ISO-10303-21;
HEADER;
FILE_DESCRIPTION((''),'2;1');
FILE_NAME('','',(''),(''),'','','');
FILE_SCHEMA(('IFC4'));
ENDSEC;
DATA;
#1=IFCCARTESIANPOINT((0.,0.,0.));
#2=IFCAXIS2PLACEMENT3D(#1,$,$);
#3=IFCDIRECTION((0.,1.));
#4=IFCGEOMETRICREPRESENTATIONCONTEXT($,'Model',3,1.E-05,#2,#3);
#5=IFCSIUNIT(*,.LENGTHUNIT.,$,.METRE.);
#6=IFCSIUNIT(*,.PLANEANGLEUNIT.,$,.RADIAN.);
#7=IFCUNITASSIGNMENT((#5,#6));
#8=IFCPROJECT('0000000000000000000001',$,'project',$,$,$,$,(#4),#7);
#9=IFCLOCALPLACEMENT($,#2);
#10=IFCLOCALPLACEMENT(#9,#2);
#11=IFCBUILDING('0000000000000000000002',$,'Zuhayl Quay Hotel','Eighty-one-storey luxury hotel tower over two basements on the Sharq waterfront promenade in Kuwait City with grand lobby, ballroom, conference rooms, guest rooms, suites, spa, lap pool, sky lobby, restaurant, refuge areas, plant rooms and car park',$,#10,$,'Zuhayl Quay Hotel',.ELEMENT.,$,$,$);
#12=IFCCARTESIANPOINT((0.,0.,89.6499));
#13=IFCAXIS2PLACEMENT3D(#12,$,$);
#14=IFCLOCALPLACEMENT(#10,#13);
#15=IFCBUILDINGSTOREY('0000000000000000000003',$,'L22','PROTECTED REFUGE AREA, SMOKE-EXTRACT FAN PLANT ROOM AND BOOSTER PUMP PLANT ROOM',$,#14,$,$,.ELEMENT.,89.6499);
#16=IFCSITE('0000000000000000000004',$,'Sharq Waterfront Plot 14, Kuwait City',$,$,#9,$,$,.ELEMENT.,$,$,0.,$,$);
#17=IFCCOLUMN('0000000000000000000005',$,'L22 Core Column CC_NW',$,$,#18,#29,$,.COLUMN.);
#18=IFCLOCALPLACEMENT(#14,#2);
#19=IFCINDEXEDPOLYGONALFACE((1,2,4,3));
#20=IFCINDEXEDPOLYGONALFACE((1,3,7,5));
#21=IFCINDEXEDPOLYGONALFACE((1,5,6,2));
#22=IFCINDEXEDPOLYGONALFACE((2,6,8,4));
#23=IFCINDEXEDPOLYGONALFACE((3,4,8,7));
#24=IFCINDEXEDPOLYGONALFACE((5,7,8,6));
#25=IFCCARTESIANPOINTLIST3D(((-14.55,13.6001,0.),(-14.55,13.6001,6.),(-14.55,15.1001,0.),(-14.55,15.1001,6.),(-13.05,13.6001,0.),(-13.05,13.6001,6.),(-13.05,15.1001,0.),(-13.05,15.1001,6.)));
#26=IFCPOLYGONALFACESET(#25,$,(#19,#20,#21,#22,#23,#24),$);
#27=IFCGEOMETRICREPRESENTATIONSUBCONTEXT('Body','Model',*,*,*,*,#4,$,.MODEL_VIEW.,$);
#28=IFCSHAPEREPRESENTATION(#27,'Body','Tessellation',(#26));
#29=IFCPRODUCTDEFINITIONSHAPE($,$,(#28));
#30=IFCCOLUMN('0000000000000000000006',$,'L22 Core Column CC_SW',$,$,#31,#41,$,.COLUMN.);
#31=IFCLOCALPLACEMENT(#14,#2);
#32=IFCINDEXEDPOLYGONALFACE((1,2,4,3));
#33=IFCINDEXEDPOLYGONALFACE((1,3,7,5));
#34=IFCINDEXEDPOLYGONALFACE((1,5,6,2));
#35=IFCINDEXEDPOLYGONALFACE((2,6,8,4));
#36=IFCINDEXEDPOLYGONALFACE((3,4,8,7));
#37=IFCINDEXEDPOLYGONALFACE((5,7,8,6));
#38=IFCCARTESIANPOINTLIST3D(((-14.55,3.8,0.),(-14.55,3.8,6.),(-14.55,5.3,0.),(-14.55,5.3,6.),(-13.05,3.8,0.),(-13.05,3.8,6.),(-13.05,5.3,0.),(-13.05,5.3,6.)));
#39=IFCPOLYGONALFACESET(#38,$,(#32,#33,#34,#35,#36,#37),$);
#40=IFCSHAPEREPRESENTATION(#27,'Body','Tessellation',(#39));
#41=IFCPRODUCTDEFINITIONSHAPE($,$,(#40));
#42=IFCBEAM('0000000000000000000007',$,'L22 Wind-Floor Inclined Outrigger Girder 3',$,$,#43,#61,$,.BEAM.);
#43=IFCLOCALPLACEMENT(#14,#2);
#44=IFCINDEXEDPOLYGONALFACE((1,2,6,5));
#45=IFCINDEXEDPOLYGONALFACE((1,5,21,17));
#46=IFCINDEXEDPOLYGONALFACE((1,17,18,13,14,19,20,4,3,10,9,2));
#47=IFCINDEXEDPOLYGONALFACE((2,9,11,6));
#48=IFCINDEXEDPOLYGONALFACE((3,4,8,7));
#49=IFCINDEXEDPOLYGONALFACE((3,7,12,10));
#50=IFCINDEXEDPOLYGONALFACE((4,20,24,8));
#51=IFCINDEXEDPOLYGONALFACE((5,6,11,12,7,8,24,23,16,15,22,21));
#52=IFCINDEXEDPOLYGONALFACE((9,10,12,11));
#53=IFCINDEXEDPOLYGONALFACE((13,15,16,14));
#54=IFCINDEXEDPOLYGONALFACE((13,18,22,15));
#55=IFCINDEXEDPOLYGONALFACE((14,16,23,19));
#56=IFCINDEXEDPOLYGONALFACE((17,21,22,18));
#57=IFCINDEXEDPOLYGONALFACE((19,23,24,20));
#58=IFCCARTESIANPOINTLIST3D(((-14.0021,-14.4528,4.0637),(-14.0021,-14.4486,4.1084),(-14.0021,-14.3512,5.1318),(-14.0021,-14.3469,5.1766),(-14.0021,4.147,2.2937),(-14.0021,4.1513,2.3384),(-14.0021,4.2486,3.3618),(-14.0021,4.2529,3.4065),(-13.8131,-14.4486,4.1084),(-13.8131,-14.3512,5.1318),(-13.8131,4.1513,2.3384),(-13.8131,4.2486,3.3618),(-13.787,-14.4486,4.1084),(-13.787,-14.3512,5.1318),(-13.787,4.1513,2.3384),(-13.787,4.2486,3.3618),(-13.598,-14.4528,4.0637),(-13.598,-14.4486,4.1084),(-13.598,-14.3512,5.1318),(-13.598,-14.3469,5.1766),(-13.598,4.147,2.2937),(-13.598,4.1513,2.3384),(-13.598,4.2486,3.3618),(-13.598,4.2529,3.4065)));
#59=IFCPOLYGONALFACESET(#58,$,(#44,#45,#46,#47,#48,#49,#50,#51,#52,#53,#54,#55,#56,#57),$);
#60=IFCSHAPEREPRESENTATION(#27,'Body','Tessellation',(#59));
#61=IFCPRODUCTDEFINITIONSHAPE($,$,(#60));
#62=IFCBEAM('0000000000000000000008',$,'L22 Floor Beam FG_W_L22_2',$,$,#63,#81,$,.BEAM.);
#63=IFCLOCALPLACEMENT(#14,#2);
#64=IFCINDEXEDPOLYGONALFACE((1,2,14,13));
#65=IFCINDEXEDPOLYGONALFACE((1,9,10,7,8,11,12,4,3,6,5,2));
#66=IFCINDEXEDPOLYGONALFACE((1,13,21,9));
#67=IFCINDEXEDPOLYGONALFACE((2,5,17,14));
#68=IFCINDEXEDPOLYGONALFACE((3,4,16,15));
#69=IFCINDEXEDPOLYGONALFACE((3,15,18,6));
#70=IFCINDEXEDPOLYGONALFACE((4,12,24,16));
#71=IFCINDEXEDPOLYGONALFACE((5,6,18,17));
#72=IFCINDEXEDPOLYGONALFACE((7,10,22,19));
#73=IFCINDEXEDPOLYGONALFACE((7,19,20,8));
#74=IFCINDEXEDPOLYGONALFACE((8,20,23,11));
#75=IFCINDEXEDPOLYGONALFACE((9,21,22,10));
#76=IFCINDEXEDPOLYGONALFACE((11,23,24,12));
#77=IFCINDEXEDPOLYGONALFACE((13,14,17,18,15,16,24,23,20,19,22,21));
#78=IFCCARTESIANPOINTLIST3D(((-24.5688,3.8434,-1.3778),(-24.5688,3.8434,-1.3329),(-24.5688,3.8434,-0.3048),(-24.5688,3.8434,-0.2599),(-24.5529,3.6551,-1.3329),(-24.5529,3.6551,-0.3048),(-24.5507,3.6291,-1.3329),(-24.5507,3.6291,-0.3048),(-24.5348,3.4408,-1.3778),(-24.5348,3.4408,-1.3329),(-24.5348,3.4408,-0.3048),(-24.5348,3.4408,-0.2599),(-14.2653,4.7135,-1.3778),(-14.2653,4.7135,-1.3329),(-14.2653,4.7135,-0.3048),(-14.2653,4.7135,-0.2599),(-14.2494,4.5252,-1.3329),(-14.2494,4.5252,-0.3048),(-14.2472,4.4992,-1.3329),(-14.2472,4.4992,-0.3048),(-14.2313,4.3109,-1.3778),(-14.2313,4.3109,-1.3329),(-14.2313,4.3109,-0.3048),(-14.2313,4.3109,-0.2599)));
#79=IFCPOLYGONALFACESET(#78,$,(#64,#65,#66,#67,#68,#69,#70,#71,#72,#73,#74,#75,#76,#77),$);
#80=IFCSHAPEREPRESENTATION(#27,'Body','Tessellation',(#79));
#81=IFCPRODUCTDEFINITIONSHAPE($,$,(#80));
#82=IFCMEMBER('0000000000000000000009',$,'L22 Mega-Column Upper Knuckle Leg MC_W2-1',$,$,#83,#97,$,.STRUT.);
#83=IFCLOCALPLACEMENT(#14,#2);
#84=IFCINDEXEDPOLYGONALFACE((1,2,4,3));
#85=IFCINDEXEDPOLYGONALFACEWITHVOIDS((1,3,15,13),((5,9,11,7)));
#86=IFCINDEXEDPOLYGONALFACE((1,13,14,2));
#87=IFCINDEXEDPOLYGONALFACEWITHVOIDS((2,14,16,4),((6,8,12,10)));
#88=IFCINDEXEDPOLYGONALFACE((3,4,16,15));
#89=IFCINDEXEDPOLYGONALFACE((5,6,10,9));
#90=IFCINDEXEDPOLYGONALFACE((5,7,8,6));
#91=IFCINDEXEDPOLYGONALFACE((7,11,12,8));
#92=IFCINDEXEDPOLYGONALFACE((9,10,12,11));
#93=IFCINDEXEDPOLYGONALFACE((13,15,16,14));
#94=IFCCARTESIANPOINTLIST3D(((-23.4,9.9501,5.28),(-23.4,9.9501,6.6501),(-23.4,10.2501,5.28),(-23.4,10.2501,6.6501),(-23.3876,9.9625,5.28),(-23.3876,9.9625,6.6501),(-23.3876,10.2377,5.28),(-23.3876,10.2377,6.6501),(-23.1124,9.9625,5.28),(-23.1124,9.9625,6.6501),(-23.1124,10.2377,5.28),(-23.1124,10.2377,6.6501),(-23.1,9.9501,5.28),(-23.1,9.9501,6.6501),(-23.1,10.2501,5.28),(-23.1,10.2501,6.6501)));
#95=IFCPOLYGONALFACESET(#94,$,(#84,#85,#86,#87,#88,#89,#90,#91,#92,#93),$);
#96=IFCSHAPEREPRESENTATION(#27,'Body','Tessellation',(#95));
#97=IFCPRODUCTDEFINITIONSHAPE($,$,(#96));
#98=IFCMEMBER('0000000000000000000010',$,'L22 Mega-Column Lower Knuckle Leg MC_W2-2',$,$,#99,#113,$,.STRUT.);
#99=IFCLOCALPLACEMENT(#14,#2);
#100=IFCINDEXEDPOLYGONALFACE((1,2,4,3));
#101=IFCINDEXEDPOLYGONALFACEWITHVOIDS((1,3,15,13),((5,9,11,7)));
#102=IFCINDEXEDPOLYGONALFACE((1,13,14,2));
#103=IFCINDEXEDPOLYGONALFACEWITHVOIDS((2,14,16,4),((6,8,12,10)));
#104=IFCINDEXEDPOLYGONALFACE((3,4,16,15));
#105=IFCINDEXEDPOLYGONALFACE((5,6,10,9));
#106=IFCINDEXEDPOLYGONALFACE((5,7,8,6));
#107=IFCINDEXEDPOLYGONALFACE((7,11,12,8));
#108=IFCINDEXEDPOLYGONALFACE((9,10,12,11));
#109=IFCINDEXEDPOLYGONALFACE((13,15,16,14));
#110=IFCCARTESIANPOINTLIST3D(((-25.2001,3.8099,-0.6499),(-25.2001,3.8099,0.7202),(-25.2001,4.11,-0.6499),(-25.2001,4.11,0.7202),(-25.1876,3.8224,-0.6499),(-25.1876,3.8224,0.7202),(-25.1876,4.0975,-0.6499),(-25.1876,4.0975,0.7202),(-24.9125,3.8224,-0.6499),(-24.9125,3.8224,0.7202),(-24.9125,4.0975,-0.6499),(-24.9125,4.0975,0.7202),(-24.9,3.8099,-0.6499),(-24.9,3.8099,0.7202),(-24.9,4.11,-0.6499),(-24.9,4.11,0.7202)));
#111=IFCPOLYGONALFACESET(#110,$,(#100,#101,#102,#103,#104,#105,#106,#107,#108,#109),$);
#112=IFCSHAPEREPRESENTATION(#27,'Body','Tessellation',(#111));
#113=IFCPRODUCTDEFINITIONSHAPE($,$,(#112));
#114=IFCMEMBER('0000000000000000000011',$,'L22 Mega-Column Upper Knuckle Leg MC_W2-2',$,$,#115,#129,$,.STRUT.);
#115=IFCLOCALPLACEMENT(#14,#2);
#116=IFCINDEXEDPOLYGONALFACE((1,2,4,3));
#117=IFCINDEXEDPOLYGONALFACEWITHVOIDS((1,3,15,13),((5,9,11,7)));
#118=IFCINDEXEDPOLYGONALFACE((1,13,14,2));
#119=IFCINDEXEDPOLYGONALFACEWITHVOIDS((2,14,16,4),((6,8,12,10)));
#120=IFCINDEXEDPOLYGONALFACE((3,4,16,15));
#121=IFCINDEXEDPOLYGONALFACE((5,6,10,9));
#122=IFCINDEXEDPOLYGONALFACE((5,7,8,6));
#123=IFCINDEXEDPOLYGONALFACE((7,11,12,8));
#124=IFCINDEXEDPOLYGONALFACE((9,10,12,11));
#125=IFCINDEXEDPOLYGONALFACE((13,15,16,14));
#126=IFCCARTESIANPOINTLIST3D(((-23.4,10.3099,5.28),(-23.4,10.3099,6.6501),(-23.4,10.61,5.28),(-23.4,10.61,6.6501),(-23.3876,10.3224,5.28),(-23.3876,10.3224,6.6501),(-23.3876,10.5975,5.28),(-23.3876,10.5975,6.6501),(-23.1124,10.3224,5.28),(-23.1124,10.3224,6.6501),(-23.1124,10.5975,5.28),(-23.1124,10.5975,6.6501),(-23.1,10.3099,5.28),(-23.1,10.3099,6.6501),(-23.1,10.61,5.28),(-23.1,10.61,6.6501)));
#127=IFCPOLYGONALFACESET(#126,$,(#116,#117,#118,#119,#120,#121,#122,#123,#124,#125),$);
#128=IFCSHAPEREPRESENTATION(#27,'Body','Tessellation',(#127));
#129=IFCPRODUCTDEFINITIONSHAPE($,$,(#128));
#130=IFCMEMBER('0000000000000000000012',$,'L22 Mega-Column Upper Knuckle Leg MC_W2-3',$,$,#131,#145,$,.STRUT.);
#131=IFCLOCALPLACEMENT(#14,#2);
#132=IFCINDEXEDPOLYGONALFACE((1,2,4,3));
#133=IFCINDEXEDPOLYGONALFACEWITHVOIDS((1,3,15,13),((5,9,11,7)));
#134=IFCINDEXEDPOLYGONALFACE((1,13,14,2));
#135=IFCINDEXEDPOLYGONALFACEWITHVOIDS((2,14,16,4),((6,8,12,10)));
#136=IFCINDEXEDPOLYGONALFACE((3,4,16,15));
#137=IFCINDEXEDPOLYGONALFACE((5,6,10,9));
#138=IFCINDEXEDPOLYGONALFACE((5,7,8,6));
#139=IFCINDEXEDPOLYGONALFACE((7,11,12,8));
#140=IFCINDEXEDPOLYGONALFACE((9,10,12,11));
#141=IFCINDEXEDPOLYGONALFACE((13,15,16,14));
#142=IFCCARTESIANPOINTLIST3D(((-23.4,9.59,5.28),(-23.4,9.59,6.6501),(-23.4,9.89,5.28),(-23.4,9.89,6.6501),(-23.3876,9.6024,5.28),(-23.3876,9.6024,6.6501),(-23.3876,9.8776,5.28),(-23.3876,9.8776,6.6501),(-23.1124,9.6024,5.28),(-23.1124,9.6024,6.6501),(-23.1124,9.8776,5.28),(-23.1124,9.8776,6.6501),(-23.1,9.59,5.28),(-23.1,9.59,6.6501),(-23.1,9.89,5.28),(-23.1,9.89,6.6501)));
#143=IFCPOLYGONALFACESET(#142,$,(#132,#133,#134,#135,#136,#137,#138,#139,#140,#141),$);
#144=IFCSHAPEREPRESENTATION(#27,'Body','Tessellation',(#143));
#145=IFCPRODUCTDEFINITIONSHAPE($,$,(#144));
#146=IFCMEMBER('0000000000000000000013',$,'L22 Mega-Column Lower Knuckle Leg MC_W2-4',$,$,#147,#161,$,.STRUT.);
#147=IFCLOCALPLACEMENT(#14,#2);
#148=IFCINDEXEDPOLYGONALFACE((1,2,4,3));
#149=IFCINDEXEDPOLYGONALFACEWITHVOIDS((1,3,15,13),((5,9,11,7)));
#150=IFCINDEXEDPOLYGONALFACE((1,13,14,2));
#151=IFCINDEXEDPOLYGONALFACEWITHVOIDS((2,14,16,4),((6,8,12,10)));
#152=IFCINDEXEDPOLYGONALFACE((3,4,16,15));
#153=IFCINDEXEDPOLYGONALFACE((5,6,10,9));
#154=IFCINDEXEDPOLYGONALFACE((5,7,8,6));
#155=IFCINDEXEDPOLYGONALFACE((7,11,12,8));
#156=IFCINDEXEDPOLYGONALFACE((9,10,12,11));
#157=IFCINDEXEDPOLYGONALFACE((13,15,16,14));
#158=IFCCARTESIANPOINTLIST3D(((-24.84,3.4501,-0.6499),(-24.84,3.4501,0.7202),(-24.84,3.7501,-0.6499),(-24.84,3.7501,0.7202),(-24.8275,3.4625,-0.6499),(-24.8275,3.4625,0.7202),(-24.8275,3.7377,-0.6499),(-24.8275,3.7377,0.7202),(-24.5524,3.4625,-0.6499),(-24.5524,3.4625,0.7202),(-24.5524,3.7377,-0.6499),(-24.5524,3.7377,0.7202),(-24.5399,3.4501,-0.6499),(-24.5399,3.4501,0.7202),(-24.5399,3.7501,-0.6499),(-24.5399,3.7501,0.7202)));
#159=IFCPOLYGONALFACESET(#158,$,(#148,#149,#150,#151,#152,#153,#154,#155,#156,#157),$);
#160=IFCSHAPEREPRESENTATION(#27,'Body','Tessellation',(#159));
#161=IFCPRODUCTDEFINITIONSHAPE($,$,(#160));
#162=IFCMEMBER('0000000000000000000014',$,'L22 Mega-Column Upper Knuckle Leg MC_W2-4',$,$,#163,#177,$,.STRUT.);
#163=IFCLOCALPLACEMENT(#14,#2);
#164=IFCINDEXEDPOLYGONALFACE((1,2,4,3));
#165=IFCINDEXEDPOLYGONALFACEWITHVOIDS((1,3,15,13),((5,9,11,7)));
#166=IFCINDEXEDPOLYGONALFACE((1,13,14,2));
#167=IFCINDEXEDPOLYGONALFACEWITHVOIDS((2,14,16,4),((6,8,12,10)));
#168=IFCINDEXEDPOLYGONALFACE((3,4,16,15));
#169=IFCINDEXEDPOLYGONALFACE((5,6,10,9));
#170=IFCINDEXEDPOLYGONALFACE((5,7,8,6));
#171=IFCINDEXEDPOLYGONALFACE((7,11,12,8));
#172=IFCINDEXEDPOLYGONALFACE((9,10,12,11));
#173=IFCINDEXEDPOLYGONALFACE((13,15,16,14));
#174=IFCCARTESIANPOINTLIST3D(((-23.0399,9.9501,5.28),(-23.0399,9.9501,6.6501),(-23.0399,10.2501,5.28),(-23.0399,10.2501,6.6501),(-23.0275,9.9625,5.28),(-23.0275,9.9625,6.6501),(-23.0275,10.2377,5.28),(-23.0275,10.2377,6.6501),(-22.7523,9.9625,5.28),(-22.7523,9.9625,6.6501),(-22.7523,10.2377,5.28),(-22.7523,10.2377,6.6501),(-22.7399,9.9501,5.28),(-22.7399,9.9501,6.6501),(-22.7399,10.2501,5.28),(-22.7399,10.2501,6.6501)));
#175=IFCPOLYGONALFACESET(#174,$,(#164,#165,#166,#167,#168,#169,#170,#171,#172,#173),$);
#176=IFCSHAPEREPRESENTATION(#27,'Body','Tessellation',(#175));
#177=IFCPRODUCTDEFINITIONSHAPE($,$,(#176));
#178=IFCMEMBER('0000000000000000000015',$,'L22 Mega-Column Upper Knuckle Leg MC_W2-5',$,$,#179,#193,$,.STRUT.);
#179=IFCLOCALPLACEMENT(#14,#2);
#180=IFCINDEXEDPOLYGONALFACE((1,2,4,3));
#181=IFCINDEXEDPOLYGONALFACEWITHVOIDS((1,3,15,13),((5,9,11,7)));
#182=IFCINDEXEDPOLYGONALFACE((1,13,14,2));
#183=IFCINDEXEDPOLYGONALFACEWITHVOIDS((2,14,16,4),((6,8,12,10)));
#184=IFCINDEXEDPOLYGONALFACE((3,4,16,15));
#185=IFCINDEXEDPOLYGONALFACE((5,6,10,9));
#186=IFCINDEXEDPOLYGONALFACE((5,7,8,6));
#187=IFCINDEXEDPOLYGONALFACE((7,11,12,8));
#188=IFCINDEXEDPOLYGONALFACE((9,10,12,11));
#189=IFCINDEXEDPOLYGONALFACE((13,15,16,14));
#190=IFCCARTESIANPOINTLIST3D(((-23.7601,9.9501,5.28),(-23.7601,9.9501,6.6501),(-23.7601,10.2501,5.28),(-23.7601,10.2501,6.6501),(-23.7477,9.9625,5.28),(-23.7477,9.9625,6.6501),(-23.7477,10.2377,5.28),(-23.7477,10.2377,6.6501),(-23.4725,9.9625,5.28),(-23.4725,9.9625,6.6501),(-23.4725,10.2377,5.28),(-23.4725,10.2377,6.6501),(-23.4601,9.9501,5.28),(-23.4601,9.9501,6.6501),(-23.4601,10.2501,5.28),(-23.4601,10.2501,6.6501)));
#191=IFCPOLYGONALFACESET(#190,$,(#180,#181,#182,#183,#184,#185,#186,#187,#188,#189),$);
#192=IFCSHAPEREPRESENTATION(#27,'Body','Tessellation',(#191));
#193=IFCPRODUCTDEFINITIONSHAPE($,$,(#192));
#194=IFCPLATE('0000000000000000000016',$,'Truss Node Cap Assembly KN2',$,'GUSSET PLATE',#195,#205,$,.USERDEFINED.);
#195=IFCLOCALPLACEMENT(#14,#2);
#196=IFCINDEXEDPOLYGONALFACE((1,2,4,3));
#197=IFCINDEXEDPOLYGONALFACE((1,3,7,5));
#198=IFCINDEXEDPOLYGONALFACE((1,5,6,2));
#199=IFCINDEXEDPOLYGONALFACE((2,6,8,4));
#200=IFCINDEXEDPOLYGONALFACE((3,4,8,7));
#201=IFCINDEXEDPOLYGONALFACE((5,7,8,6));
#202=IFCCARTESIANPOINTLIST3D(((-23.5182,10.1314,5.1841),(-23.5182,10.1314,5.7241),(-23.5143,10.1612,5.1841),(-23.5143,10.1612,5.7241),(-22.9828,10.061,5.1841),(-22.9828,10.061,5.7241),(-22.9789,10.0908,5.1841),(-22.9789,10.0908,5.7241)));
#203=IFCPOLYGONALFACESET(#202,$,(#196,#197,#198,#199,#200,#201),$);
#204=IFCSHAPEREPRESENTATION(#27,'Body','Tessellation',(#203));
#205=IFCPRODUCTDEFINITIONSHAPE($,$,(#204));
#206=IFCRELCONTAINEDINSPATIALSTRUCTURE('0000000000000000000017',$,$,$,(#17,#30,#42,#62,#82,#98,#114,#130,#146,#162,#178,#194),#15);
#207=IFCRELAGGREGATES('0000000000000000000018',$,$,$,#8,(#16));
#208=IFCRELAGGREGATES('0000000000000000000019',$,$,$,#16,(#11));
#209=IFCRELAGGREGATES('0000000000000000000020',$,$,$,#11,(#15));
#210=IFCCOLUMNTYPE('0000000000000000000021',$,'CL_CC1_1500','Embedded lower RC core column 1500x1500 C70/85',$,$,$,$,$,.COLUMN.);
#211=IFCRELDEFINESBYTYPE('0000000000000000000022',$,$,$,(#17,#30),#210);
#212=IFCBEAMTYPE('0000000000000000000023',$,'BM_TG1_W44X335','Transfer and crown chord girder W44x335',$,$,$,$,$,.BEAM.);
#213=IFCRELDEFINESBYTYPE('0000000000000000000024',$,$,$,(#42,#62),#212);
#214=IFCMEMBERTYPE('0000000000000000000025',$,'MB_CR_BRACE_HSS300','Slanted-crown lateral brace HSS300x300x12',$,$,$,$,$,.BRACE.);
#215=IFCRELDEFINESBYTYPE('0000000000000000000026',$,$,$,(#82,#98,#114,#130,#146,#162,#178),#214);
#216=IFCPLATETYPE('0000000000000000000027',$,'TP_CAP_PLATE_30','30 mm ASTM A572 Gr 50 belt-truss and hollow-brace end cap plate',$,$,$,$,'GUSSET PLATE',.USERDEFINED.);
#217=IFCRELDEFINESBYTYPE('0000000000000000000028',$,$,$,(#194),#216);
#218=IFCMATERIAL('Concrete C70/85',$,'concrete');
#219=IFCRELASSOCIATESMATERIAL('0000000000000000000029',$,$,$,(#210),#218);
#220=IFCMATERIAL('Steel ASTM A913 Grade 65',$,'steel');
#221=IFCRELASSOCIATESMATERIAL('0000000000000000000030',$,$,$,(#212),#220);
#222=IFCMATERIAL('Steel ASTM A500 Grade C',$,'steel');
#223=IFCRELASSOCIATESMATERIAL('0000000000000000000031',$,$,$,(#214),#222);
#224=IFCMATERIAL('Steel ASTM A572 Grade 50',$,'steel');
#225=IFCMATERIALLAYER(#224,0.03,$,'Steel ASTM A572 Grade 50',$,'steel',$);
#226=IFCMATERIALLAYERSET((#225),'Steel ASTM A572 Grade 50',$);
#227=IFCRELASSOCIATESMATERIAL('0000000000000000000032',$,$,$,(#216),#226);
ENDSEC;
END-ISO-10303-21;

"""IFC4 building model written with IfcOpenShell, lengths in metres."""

from ifc_helpers import new_model, si_unit, direction, frame, origin, origin_2d, place, context, subcontext, project, spatial, rectangle, hollow_rectangle, i_section, extrude, material, layer, layer_set, material_profile, profile_set, type_object, element, save


model = new_model("IFC4")

# Units and contexts
model_context = context("Model", 3, precision=1e-05, world=origin(), true_north=direction((0.0, 1.0)))
body_context = subcontext(model_context, "Body", "Model", "MODEL_VIEW")
ifc_project = project(units=[si_unit("LENGTHUNIT", "METRE"), si_unit("PLANEANGLEUNIT", "RADIAN")], contexts=[model_context])

# Site, building, storey
site_placement = place(None, origin())
site = spatial("IfcSite", under=ifc_project, at=site_placement, Name="Sharq Waterfront Plot 14, Kuwait City", CompositionType="ELEMENT", RefElevation=0.0)
building_placement = place(site_placement, origin())
building = spatial("IfcBuilding", under=site, at=building_placement, Name="Zuhayl Quay Hotel", Description="Eighty-one-storey luxury hotel tower over two basements on the Sharq waterfront promenade in Kuwait City with grand lobby, ballroom, conference rooms, guest rooms, suites, spa, lap pool, sky lobby, restaurant, refuge areas, plant rooms and car park", LongName="Zuhayl Quay Hotel", CompositionType="ELEMENT")
storey_placement = place(building_placement, frame((0.0, 0.0, 89.6499)))
storey = spatial("IfcBuildingStorey", under=building, at=storey_placement, Name="L22", Description="PROTECTED REFUGE AREA, SMOKE-EXTRACT FAN PLANT ROOM AND BOOSTER PUMP PLANT ROOM", CompositionType="ELEMENT", Elevation=89.6499)

# Columns
ifc_material_1 = material(Name="Concrete C70/85", Category="concrete")
ifc_material_profile_1 = material_profile(ifc_material_1, rectangle(XDim=1.5, YDim=1.5, at=origin_2d()), Name="RC1500X1500")
ifc_profile_set_1 = profile_set([ifc_material_profile_1], Name="Concrete C70/85")
column_type = type_object("IfcColumnType", Name="CL_CC1_1500", Description="Embedded lower RC core column 1500x1500 C70/85", PredefinedType="COLUMN", material=ifc_profile_set_1)
for number, where, z_axis, x_axis, name in (
    (1, (-13.8, 14.3501, 0.0), (0.0, 0.0, 1.0), (1.0, 0.0, 0.0), "L22 Core Column CC_NW"),
    (2, (-13.8, 4.55, 0.0), (0.0, 0.0, 1.0), (1.0, 0.0, 0.0), "L22 Core Column CC_SW"),
):
    element("IfcColumn", number, at=place(storey_placement, frame(where, z_axis=z_axis, x_axis=x_axis)), inside=storey, type_object=column_type, Name=name, PredefinedType="COLUMN", context=body_context, shape_type="SweptSolid", body=[
        extrude(rectangle(XDim=1.5, YDim=1.5, at=origin_2d()), origin(), (0.0, 0.0, 1.0), 6.0),
    ])

# Beams
ifc_material_2 = material(Name="Steel ASTM A913 Grade 65", Category="steel")
ifc_material_profile_2 = material_profile(ifc_material_2, i_section(OverallWidth=0.4041, OverallDepth=1.1179, WebThickness=0.0261, FlangeThickness=0.0449, at=origin_2d()), Name="W44X335")
ifc_profile_set_2 = profile_set([ifc_material_profile_2], Name="Steel ASTM A913 Grade 65")
beam_type = type_object("IfcBeamType", Name="BM_TG1_W44X335", Description="Transfer and crown chord girder W44x335", PredefinedType="BEAM", material=ifc_profile_set_2)
beam_1_placement = place(storey_placement, frame((-13.8, 4.2, 2.8501), z_axis=(0.0, -0.995503, 0.094735), x_axis=(1.0, 0.0, 0.0)))
element("IfcBeam", 3, at=beam_1_placement, inside=storey, type_object=beam_type, Name="L22 Wind-Floor Inclined Outrigger Girder 3", PredefinedType="BEAM", context=body_context, shape_type="SweptSolid", body=[
    extrude(i_section(OverallWidth=0.4041, OverallDepth=1.1179, WebThickness=0.0261, FlangeThickness=0.0449, at=origin_2d()), origin(), (0.0, 0.0, 1.0), 18.6838),
])
beam_2_placement = place(storey_placement, frame((-24.5518, 3.6421, -0.8188), z_axis=(0.996453, 0.084149, 0.0), x_axis=(-0.084149, 0.996453, 0.0)))
element("IfcBeam", 4, at=beam_2_placement, inside=storey, type_object=beam_type, Name="L22 Floor Beam FG_W_L22_2", PredefinedType="BEAM", context=body_context, shape_type="SweptSolid", body=[
    extrude(i_section(OverallWidth=0.4041, OverallDepth=1.1179, WebThickness=0.0261, FlangeThickness=0.0449, at=origin_2d()), origin(), (0.0, 0.0, 1.0), 10.3401),
])

# Members
ifc_material_3 = material(Name="Steel ASTM A500 Grade C", Category="steel")
ifc_material_profile_3 = material_profile(ifc_material_3, hollow_rectangle(XDim=0.3, YDim=0.3, WallThickness=0.0125, at=origin_2d()), Name="HSS300X300X12")
ifc_profile_set_3 = profile_set([ifc_material_profile_3], Name="Steel ASTM A500 Grade C")
member_type = type_object("IfcMemberType", Name="MB_CR_BRACE_HSS300", Description="Slanted-crown lateral brace HSS300x300x12", PredefinedType="BRACE", material=ifc_profile_set_3)
for number, where, z_axis, x_axis, name in (
    (5, (-23.25, 10.1001, 5.28), (0.0, 0.0, 1.0), (1.0, 0.0, 0.0), "L22 Mega-Column Upper Knuckle Leg MC_W2-1"),
    (6, (-25.05, 3.96, -0.6499), (0.0, 0.0, 1.0), (1.0, 0.0, 0.0), "L22 Mega-Column Lower Knuckle Leg MC_W2-2"),
    (7, (-23.25, 10.46, 5.28), (0.0, 0.0, 1.0), (1.0, 0.0, 0.0), "L22 Mega-Column Upper Knuckle Leg MC_W2-2"),
    (8, (-23.25, 9.74, 5.28), (0.0, 0.0, 1.0), (1.0, 0.0, 0.0), "L22 Mega-Column Upper Knuckle Leg MC_W2-3"),
    (9, (-24.6899, 3.6001, -0.6499), (0.0, 0.0, 1.0), (1.0, 0.0, 0.0), "L22 Mega-Column Lower Knuckle Leg MC_W2-4"),
    (10, (-22.8899, 10.1001, 5.28), (0.0, 0.0, 1.0), (1.0, 0.0, 0.0), "L22 Mega-Column Upper Knuckle Leg MC_W2-4"),
    (11, (-23.6101, 10.1001, 5.28), (0.0, 0.0, 1.0), (1.0, 0.0, 0.0), "L22 Mega-Column Upper Knuckle Leg MC_W2-5"),
):
    element("IfcMember", number, at=place(storey_placement, frame(where, z_axis=z_axis, x_axis=x_axis)), inside=storey, type_object=member_type, Name=name, PredefinedType="STRUT", context=body_context, shape_type="SweptSolid", body=[
        extrude(hollow_rectangle(XDim=0.3, YDim=0.3, WallThickness=0.0125, at=origin_2d()), origin(), (0.0, 0.0, 1.0), 1.3701),
    ])

# Plate
ifc_material_4 = material(Name="Steel ASTM A572 Grade 50", Category="steel")
ifc_layer_1 = layer(ifc_material_4, 0.03, Name="Steel ASTM A572 Grade 50", Category="steel")
ifc_layer_set_1 = layer_set([ifc_layer_1], Name="Steel ASTM A572 Grade 50")
plate_type = type_object("IfcPlateType", Name="TP_CAP_PLATE_30", Description="30 mm ASTM A572 Gr 50 belt-truss and hollow-brace end cap plate", ElementType="GUSSET PLATE", PredefinedType="USERDEFINED", material=ifc_layer_set_1)
plate_placement = place(storey_placement, frame((-23.2485, 10.1111, 5.1841), z_axis=(0.0, 0.0, 1.0), x_axis=(0.130353, 0.991468, 0.0)))
element("IfcPlate", 12, at=plate_placement, inside=storey, type_object=plate_type, Name="Truss Node Cap Assembly KN2", ObjectType="GUSSET PLATE", PredefinedType="USERDEFINED", context=body_context, shape_type="SweptSolid", body=[
    extrude(rectangle(XDim=0.03, YDim=0.54, at=origin_2d()), origin(), (0.0, 0.0, 1.0), 0.54),
])

save(model, "model.ifc")
